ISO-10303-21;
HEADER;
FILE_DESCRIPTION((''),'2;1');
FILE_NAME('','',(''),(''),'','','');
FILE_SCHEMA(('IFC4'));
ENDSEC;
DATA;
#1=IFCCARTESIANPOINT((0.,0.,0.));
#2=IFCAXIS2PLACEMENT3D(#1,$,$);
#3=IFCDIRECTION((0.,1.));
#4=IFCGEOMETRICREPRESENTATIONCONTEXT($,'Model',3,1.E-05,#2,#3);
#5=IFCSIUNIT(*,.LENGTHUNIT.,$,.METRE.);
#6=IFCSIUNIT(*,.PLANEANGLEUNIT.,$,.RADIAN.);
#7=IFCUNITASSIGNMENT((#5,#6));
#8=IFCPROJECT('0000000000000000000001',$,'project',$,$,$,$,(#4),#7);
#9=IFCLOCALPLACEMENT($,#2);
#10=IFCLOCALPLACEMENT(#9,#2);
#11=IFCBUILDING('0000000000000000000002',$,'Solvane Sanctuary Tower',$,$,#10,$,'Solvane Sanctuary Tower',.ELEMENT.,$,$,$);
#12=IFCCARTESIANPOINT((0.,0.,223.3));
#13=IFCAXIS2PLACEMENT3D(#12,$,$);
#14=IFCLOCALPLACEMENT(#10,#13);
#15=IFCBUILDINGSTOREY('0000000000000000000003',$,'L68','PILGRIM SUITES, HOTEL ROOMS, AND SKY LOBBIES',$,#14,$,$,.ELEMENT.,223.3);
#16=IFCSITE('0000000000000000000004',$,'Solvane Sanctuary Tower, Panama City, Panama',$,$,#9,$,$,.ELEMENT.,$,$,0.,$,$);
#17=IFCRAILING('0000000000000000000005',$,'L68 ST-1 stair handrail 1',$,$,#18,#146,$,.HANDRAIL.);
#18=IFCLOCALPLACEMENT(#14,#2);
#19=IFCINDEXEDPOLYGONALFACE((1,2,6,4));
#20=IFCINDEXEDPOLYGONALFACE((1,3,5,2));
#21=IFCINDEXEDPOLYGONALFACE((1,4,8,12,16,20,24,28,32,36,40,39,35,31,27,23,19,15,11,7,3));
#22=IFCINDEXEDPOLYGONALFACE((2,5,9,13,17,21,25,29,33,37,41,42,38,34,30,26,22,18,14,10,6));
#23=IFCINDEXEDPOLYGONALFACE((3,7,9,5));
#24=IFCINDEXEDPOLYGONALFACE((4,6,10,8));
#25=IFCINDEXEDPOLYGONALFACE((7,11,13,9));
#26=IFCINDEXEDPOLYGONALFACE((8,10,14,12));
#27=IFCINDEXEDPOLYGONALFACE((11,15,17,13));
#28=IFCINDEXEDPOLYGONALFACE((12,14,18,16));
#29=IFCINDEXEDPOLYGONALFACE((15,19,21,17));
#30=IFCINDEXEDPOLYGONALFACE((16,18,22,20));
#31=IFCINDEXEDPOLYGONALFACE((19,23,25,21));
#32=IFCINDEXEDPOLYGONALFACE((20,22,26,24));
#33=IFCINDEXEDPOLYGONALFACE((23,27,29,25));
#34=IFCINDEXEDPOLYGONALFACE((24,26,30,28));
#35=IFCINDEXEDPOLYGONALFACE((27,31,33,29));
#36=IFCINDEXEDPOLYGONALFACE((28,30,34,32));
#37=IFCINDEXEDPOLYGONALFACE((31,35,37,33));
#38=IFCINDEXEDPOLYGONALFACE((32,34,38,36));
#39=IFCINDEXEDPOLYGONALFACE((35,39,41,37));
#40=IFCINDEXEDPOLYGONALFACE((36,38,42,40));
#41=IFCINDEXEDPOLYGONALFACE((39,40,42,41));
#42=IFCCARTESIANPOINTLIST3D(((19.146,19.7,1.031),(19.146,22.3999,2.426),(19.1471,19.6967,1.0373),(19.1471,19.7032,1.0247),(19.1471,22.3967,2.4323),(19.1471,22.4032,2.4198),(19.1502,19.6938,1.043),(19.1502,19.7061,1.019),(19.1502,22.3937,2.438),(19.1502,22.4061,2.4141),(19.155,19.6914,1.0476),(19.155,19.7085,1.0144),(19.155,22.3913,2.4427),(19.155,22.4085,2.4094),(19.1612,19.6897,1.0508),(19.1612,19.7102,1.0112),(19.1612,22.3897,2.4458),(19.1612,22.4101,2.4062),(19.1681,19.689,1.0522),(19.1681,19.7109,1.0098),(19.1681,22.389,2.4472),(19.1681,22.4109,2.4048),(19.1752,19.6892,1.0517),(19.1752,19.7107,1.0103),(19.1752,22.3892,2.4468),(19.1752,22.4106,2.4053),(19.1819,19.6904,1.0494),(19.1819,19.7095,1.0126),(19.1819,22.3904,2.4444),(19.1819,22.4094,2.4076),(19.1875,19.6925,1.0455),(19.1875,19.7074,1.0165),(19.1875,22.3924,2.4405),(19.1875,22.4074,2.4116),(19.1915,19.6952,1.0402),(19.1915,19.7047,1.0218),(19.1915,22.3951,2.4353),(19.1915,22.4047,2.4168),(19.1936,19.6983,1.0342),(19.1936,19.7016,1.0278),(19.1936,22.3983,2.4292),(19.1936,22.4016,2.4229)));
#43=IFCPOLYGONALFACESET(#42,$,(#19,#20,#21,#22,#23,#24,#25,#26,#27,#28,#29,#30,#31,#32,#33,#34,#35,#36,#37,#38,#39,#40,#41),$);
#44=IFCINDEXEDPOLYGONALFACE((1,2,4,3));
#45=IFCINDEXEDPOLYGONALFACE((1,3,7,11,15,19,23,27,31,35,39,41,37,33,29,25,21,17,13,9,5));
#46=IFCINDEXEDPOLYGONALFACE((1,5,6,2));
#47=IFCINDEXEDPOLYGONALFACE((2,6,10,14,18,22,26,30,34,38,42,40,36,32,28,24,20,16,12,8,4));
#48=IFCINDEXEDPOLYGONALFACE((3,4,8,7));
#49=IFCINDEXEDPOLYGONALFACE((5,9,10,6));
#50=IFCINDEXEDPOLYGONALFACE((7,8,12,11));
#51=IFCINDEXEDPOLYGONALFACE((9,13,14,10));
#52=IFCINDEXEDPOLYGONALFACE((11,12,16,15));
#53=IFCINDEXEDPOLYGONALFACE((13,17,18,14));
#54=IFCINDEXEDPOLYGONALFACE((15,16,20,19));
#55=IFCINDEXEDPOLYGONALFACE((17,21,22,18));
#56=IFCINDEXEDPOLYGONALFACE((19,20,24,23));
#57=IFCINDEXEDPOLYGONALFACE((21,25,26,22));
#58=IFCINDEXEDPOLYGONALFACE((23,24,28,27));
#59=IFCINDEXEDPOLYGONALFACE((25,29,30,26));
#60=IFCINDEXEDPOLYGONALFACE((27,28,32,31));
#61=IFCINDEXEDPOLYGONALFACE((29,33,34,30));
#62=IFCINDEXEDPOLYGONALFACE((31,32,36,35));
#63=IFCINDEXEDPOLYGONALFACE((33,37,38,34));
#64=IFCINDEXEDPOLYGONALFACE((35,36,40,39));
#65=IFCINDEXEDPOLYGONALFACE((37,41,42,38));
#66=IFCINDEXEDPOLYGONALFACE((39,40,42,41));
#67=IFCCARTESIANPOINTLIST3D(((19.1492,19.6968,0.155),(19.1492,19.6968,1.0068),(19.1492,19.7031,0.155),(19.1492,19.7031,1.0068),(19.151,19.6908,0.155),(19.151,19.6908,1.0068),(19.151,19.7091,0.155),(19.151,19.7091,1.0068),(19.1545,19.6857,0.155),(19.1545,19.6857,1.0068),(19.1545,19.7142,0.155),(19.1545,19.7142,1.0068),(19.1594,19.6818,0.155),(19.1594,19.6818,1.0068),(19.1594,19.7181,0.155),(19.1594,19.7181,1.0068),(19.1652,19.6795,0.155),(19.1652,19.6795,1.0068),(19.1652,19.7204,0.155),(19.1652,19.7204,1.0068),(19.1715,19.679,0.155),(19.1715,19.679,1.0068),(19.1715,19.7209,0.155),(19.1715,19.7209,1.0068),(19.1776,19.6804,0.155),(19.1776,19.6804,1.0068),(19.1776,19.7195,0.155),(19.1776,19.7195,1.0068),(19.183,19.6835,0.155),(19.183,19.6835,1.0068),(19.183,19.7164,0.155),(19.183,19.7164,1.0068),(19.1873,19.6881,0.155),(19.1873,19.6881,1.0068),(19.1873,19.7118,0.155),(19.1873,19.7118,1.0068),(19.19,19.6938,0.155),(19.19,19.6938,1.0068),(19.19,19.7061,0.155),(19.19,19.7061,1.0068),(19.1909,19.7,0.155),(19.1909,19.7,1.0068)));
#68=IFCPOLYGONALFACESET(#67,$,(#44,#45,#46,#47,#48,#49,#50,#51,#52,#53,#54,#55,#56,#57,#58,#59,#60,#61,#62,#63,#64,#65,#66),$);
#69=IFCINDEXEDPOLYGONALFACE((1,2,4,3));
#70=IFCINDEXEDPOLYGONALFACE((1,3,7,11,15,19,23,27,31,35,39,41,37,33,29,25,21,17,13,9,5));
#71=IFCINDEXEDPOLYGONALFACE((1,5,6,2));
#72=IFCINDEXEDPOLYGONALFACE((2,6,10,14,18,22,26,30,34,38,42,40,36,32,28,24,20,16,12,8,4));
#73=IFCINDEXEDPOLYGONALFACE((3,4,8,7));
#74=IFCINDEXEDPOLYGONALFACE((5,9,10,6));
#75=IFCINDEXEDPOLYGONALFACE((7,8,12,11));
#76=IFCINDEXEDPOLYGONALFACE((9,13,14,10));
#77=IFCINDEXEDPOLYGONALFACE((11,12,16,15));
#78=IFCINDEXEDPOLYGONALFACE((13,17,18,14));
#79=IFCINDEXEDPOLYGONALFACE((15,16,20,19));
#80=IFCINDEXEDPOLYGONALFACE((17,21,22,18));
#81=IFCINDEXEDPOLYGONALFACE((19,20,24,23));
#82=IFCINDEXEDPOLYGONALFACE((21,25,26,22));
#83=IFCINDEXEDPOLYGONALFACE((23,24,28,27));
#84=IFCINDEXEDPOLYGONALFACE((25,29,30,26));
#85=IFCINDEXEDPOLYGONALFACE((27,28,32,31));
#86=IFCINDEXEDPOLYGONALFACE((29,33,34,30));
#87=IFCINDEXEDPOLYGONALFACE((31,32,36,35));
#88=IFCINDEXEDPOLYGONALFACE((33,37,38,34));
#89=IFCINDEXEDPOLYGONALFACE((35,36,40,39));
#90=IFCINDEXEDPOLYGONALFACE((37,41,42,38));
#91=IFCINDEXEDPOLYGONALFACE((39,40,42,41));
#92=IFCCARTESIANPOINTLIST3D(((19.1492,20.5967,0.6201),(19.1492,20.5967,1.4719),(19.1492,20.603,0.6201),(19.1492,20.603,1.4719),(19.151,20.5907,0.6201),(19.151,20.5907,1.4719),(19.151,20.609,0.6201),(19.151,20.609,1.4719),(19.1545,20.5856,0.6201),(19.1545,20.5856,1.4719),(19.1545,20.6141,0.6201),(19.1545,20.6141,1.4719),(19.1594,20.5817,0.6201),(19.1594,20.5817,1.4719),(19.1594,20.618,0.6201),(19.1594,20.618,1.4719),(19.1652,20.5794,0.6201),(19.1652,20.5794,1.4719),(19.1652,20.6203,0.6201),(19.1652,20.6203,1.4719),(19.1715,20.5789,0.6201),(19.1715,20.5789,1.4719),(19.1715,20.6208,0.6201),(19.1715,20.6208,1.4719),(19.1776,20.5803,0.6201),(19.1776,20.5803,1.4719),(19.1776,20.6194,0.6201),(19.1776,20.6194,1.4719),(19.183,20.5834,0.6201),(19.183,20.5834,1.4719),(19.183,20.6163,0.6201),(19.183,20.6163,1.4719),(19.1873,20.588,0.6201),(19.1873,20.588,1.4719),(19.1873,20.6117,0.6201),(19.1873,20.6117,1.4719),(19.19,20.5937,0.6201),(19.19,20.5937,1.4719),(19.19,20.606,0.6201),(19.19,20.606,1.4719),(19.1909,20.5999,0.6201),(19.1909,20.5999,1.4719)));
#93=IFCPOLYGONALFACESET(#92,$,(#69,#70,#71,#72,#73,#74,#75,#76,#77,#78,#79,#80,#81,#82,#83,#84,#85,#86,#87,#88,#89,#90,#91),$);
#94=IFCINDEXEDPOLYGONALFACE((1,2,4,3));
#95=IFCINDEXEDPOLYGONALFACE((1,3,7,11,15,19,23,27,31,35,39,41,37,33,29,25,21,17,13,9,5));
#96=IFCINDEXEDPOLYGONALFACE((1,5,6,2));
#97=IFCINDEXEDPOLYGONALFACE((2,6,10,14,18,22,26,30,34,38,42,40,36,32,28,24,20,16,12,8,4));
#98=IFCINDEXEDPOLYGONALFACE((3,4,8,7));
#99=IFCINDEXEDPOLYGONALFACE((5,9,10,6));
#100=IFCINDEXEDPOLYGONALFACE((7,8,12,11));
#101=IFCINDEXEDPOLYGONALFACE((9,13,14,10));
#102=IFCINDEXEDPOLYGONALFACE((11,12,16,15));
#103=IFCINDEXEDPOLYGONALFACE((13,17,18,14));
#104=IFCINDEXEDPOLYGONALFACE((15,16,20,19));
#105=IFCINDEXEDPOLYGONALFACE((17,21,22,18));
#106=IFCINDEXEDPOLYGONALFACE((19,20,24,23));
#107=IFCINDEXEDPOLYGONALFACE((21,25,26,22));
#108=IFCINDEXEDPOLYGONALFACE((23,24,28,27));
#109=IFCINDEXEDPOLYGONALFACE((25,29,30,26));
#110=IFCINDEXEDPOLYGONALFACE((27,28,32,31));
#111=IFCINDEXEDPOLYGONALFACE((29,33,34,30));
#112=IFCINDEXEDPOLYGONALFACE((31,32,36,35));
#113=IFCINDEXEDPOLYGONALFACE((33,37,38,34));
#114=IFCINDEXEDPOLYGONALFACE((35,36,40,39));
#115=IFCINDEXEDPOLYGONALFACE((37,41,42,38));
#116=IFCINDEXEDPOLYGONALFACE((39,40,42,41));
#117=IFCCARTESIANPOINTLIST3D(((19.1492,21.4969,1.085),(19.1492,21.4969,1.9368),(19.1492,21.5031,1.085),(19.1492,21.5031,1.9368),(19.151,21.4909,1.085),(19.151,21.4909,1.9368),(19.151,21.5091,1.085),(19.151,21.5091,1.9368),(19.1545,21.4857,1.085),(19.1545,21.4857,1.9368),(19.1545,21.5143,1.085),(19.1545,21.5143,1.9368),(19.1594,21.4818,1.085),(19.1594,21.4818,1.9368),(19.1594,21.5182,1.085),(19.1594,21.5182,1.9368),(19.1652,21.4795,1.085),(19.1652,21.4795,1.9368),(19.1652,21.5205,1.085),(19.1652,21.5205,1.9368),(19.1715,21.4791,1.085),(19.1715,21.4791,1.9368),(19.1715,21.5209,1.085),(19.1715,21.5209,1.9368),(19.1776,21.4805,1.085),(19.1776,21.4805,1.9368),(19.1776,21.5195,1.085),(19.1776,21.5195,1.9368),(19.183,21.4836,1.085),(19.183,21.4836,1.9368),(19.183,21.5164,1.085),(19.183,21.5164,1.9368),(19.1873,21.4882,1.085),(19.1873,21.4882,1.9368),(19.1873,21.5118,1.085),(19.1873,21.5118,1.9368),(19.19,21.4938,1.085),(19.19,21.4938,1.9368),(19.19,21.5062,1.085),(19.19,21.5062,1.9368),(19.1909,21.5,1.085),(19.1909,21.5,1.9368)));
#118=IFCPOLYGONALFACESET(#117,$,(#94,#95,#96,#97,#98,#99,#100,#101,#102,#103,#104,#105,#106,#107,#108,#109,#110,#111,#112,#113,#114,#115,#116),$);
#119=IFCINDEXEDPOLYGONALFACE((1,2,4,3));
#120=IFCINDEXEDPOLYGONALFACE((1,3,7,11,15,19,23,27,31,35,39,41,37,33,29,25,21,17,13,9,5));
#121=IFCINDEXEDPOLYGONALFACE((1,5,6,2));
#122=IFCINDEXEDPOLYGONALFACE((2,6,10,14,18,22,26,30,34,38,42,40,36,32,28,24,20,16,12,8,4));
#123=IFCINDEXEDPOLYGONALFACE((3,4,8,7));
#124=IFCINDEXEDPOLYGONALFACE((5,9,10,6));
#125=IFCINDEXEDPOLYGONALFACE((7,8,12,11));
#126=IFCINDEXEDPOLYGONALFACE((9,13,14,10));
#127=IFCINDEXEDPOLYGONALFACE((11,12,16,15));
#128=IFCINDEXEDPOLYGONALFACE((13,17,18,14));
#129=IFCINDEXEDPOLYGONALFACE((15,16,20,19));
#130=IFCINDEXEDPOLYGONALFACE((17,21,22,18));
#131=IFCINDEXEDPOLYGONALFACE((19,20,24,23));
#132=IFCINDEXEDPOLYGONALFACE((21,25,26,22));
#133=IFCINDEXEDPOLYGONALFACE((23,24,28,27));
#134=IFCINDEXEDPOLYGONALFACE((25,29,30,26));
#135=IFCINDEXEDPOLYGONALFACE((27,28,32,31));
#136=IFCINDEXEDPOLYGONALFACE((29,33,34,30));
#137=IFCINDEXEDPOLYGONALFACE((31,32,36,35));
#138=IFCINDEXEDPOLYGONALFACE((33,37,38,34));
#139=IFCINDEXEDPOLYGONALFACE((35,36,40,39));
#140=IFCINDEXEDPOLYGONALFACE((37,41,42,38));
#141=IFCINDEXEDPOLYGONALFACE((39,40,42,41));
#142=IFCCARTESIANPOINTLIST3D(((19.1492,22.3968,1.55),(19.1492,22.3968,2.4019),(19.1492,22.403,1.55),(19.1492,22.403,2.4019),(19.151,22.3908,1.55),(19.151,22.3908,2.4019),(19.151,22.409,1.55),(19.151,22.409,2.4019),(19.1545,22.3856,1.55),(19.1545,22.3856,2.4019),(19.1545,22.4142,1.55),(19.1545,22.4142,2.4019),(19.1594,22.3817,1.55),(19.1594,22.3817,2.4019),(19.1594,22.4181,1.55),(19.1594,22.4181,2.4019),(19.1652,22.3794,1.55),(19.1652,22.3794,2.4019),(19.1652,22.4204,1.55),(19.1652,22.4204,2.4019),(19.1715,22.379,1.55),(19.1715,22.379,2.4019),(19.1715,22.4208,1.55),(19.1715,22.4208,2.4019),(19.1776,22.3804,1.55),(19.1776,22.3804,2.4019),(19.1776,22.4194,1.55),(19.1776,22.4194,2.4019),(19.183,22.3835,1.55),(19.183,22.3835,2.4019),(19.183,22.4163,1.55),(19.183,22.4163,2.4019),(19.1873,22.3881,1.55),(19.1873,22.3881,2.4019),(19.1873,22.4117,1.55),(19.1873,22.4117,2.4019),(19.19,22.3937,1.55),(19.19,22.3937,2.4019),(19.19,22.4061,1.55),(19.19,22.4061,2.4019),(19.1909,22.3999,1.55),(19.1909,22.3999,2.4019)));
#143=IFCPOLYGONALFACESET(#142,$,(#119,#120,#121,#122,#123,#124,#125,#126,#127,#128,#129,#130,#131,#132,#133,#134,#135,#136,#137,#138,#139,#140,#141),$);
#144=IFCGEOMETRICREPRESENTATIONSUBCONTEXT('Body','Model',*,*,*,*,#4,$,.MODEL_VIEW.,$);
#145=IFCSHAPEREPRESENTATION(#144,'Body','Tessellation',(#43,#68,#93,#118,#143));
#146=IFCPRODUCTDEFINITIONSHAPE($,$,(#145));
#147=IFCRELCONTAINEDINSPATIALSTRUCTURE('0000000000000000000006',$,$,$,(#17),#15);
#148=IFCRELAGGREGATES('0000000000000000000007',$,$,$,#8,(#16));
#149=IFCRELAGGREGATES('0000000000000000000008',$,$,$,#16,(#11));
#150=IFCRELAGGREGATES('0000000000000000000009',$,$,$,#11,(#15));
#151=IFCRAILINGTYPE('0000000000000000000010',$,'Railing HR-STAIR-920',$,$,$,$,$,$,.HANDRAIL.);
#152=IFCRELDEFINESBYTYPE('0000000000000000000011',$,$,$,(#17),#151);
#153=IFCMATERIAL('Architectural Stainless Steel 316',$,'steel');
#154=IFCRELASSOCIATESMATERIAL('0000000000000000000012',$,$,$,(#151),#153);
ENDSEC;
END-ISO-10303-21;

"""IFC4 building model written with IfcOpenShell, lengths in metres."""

from ifc_helpers import new_model, si_unit, direction, frame, origin, origin_2d, place, context, subcontext, project, spatial, circle, extrude, material, type_object, element, save


model = new_model("IFC4")

# Units and contexts
model_context = context("Model", 3, precision=1e-05, world=origin(), true_north=direction((0.0, 1.0)))
body_context = subcontext(model_context, "Body", "Model", "MODEL_VIEW")
ifc_project = project(units=[si_unit("LENGTHUNIT", "METRE"), si_unit("PLANEANGLEUNIT", "RADIAN")], contexts=[model_context])

# Site, building, storey
site_placement = place(None, origin())
site = spatial("IfcSite", under=ifc_project, at=site_placement, Name="Solvane Sanctuary Tower, Panama City, Panama", CompositionType="ELEMENT", RefElevation=0.0)
building_placement = place(site_placement, origin())
building = spatial("IfcBuilding", under=site, at=building_placement, Name="Solvane Sanctuary Tower", LongName="Solvane Sanctuary Tower", CompositionType="ELEMENT")
storey_placement = place(building_placement, frame((0.0, 0.0, 223.3)))
storey = spatial("IfcBuildingStorey", under=building, at=storey_placement, Name="L68", Description="PILGRIM SUITES, HOTEL ROOMS, AND SKY LOBBIES", CompositionType="ELEMENT", Elevation=223.3)

# Shared definitions
ifc_material_1 = material(Name="Architectural Stainless Steel 316", Category="steel")

# Railing
railing_type_1 = type_object("IfcRailingType", Name="Railing HR-STAIR-920", PredefinedType="HANDRAIL", material=ifc_material_1)
railing_1_placement = place(storey_placement, frame((19.1699, 19.7, 0.155)))
element("IfcRailing", 1, at=railing_1_placement, inside=storey, type_object=railing_type_1, Name="L68 ST-1 stair handrail 1", PredefinedType="HANDRAIL", context=body_context, shape_type="SweptSolid", body=[
    extrude(circle(Radius=0.0239, at=origin_2d()), frame((0.0, 0.0, 0.876), z_axis=(0.0, 0.88842, 0.459032), x_axis=(-1.0, 0.0, 0.0)), (0.0, 0.0, 1.0), 3.0391),
    extrude(circle(Radius=0.021, at=origin_2d()), origin(), (0.0, 0.0, 1.0), 0.8518),
    extrude(circle(Radius=0.021, at=origin_2d()), frame((0.0, 0.8999, 0.4651)), (0.0, 0.0, 1.0), 0.8518),
    extrude(circle(Radius=0.021, at=origin_2d()), frame((0.0, 1.8, 0.9299)), (0.0, 0.0, 1.0), 0.8518),
    extrude(circle(Radius=0.021, at=origin_2d()), frame((0.0, 2.7, 1.395)), (0.0, 0.0, 1.0), 0.8518),
])

save(model, "model.ifc")
